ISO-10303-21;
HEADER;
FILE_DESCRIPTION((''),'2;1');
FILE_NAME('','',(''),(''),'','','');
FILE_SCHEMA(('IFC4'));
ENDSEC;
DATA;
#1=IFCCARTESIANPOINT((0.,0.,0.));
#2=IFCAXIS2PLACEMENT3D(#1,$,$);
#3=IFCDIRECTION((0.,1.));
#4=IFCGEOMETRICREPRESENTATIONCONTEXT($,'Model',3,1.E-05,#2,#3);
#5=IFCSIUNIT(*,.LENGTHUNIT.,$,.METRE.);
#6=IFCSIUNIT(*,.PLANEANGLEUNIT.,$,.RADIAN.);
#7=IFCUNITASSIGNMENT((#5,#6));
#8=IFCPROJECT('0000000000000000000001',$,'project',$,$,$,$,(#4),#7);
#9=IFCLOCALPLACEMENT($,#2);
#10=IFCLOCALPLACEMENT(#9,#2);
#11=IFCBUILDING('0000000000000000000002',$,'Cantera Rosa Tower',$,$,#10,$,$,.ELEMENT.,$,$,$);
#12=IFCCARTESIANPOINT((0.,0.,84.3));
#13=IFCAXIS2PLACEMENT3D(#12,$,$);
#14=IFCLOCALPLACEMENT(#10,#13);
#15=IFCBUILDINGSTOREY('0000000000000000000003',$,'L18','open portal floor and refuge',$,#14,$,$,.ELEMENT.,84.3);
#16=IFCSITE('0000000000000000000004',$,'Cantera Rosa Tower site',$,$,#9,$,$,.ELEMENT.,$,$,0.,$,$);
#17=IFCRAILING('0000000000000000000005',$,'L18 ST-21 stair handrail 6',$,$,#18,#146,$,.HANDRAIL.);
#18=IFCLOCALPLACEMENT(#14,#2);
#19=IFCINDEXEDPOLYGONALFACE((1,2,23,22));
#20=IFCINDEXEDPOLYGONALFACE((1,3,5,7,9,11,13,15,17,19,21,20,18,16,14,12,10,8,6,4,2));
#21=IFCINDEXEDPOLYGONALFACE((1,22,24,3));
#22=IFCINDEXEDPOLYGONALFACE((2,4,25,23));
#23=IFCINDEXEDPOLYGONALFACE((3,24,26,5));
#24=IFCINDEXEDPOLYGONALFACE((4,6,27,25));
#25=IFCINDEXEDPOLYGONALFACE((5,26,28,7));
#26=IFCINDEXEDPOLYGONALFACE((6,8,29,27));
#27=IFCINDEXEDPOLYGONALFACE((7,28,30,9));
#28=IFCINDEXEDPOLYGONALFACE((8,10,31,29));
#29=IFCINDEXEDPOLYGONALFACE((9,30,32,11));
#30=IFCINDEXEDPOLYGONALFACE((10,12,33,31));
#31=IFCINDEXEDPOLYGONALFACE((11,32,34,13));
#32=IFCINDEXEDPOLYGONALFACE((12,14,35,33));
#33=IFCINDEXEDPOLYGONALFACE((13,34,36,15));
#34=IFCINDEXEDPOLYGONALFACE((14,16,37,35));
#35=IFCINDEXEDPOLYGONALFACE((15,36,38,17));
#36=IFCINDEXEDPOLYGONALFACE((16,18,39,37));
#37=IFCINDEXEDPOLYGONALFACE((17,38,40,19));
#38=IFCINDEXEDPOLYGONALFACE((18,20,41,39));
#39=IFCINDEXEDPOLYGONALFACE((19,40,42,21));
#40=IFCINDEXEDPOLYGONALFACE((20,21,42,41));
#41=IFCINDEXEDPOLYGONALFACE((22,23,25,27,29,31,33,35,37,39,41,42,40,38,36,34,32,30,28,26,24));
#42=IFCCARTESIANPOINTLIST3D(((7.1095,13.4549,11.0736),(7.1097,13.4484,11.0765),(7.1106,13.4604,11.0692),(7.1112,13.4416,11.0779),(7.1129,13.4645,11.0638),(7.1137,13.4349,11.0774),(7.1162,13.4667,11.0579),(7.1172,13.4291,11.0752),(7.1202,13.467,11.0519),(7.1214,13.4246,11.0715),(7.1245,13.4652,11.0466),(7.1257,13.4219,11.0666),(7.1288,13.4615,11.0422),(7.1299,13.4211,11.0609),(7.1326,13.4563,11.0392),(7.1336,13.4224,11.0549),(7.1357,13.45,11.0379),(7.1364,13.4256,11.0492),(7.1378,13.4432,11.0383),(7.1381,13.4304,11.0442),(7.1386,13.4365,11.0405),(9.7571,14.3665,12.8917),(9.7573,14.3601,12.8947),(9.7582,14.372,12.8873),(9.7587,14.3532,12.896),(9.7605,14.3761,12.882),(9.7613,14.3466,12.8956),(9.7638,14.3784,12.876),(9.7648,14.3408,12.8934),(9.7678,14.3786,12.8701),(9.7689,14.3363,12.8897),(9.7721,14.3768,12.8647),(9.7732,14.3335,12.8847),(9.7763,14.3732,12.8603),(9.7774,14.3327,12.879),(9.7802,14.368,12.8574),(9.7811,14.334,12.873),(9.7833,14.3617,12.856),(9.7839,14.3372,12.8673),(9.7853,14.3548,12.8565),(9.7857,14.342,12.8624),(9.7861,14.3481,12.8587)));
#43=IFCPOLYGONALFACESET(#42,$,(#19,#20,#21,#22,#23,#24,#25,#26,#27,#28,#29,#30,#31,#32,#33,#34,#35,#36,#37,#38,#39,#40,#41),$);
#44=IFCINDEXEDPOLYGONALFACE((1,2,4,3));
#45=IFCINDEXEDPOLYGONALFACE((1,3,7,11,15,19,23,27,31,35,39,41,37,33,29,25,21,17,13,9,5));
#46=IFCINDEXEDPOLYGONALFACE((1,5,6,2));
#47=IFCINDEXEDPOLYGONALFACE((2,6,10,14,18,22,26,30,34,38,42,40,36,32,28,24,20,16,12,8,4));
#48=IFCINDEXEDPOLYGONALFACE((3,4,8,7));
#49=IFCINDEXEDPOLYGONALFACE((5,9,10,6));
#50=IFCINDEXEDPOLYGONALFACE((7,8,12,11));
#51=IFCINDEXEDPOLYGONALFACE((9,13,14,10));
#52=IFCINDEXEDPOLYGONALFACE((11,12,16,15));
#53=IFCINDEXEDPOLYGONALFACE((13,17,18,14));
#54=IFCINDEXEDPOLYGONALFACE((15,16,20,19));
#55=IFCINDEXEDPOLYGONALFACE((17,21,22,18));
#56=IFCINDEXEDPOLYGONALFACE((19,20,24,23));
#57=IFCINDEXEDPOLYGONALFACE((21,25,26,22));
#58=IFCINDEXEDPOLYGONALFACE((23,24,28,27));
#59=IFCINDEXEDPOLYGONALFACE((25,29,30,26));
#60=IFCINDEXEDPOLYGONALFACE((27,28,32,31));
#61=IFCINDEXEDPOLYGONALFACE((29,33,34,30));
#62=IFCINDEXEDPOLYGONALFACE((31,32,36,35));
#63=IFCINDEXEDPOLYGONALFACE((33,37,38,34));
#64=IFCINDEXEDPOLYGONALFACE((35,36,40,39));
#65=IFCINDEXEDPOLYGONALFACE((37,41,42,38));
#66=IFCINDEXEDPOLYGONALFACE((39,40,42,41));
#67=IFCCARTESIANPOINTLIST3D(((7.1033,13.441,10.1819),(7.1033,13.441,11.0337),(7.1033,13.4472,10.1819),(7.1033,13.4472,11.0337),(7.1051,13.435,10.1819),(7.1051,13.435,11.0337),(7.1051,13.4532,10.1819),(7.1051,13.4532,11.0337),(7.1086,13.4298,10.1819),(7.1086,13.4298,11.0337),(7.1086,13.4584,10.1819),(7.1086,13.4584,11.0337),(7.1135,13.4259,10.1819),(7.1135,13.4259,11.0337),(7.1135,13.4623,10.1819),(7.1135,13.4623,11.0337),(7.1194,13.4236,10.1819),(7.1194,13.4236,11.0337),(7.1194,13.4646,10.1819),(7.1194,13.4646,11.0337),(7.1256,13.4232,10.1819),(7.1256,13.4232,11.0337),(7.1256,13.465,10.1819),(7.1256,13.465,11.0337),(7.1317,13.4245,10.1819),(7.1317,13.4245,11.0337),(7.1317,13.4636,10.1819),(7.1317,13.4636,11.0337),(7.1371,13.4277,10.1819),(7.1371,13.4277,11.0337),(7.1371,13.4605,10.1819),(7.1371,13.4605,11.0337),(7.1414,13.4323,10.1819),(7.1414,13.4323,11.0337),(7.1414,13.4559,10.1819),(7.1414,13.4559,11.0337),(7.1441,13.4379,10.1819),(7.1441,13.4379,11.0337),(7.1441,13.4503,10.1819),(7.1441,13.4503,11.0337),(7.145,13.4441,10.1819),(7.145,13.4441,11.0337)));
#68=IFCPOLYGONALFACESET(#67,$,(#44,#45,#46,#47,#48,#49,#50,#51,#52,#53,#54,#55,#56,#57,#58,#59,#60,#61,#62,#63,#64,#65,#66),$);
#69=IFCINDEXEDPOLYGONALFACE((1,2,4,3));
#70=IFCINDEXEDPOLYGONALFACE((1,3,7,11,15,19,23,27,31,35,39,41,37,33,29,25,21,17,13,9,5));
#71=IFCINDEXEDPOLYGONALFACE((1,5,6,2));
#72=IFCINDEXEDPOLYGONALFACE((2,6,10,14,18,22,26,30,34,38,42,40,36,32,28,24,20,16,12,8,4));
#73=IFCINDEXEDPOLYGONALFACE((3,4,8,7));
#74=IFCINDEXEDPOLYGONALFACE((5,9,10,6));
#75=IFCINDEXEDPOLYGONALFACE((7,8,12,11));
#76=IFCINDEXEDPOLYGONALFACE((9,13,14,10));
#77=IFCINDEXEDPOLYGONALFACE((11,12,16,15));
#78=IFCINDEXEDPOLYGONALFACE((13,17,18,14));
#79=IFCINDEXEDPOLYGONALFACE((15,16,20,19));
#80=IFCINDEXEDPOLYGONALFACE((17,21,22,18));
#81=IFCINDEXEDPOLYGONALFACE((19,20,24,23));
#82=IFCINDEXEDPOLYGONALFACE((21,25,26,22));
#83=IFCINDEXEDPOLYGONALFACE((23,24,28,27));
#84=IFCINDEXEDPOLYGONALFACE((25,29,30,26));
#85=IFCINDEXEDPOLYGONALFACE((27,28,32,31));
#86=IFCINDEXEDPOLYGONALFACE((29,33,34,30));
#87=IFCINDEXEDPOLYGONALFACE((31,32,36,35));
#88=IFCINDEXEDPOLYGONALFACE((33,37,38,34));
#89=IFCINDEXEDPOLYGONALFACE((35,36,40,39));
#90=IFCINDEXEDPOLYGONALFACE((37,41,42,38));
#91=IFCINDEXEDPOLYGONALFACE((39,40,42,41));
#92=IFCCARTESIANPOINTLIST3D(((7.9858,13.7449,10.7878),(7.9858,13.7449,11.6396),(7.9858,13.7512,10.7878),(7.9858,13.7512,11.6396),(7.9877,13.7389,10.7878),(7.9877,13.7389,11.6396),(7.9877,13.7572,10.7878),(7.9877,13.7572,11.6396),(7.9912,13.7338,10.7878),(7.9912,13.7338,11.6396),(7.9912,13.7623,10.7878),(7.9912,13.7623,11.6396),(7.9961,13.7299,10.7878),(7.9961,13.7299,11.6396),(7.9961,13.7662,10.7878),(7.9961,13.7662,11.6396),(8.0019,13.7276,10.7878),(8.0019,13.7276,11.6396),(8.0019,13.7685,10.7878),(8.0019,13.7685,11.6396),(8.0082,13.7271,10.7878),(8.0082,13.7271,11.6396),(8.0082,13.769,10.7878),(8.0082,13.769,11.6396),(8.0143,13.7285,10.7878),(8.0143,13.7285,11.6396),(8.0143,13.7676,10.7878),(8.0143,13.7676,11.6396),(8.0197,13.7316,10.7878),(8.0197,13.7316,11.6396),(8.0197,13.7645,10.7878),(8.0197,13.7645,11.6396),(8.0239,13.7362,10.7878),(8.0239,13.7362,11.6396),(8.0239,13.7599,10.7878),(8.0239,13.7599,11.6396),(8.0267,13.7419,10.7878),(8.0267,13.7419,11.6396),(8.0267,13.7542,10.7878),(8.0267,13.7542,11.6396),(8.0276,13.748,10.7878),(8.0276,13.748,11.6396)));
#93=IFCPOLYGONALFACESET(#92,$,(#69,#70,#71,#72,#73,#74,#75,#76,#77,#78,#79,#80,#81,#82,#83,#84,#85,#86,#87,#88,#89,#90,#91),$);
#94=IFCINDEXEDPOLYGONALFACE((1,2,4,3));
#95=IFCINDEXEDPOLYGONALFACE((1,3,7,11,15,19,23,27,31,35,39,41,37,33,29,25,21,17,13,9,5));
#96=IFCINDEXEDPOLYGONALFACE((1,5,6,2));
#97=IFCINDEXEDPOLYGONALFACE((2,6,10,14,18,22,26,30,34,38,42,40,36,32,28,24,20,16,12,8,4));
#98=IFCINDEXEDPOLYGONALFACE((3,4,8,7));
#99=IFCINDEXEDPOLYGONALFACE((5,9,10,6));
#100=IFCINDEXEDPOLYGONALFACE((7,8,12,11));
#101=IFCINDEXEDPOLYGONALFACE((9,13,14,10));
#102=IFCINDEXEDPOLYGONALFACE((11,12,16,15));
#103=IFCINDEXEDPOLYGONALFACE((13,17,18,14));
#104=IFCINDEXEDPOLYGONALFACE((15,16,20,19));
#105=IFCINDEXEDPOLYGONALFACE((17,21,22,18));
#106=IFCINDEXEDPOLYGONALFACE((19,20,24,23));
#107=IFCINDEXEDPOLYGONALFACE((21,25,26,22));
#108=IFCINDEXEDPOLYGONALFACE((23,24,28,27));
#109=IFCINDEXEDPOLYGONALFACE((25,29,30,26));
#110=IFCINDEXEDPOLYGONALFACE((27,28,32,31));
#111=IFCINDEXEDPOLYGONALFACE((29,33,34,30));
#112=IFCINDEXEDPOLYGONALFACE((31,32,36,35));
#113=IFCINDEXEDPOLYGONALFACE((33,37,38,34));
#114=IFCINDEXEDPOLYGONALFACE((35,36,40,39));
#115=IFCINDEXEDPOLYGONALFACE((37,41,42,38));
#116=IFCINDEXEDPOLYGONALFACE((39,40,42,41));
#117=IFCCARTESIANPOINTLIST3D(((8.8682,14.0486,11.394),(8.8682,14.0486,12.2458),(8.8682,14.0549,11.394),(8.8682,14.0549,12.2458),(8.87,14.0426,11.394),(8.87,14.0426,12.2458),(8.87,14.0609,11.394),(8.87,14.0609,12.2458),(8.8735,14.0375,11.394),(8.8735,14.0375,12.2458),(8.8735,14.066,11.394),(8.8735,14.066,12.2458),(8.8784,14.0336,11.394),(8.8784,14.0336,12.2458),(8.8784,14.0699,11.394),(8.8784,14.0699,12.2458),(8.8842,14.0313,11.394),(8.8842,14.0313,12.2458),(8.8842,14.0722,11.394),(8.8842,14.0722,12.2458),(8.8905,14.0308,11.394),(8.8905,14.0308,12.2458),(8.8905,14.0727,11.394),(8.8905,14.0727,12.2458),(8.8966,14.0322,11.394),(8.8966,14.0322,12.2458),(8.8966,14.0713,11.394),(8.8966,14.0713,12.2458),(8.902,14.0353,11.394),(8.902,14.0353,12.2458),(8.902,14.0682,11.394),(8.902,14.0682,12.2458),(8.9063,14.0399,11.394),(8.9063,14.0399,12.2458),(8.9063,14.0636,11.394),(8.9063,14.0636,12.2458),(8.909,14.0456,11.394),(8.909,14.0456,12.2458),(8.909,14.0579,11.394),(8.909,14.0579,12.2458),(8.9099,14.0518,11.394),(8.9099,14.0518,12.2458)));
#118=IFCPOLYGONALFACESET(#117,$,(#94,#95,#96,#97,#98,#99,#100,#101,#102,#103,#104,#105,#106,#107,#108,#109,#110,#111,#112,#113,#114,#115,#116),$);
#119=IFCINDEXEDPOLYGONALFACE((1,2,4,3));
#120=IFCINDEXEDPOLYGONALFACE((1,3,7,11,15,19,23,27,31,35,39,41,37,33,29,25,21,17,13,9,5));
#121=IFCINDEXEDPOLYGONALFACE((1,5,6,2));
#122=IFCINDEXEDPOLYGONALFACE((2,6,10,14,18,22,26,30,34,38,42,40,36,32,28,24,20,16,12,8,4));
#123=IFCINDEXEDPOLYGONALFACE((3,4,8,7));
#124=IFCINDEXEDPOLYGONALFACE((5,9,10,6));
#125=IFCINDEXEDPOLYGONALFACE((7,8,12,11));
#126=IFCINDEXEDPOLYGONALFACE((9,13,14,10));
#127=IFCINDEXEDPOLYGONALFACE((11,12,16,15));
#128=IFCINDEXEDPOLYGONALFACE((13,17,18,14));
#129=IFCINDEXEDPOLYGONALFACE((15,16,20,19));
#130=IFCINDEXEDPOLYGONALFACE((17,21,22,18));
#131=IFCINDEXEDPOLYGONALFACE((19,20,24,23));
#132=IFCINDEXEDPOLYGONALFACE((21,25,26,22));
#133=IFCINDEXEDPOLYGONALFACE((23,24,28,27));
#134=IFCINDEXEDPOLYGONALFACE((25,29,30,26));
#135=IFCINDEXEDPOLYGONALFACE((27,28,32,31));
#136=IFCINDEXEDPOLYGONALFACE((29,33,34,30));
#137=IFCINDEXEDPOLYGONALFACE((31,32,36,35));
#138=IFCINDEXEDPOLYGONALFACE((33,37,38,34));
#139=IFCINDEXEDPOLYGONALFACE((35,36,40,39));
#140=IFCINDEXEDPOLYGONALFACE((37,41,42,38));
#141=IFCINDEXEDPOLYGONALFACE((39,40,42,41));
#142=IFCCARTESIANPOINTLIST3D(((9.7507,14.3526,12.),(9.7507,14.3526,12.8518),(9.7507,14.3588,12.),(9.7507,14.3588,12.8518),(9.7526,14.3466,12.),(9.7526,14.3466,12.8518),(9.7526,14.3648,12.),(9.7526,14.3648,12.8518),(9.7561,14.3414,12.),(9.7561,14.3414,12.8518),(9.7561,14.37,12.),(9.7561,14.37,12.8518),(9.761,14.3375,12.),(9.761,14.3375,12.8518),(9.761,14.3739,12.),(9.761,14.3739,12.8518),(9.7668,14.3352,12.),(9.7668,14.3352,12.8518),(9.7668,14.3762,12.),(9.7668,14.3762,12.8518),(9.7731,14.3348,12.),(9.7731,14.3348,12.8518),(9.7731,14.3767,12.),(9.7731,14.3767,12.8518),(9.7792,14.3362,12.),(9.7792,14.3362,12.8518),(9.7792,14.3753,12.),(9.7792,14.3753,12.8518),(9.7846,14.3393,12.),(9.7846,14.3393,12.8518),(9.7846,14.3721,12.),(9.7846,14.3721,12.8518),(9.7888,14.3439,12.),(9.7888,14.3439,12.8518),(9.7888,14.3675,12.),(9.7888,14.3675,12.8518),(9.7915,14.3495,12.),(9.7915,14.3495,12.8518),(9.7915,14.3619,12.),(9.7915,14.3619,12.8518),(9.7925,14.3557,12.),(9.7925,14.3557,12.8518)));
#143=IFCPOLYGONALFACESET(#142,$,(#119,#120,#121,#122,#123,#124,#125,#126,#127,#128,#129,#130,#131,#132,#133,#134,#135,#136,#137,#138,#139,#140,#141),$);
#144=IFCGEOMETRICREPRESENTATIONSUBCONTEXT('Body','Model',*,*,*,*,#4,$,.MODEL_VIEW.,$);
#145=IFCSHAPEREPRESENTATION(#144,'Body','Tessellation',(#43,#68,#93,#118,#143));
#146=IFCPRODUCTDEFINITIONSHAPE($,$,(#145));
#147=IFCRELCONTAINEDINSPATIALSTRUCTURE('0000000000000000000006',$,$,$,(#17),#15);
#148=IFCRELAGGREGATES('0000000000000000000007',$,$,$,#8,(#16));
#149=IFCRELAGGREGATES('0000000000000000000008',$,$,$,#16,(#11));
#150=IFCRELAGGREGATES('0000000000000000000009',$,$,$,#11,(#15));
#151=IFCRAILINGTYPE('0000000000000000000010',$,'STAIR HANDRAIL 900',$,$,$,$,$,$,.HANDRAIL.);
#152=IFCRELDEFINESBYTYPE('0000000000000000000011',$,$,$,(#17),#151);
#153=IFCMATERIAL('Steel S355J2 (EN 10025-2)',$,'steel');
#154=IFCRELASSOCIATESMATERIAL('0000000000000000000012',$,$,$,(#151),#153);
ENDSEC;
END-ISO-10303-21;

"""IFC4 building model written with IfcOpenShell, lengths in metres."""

from ifc_helpers import new_model, si_unit, direction, frame, origin, origin_2d, place, context, subcontext, project, spatial, circle, extrude, material, type_object, element, save


model = new_model("IFC4")

# Units and contexts
model_context = context("Model", 3, precision=1e-05, world=origin(), true_north=direction((0.0, 1.0)))
body_context = subcontext(model_context, "Body", "Model", "MODEL_VIEW")
ifc_project = project(units=[si_unit("LENGTHUNIT", "METRE"), si_unit("PLANEANGLEUNIT", "RADIAN")], contexts=[model_context])

# Site, building, storey
site_placement = place(None, origin())
site = spatial("IfcSite", under=ifc_project, at=site_placement, Name="Cantera Rosa Tower site", CompositionType="ELEMENT", RefElevation=0.0)
building_placement = place(site_placement, origin())
building = spatial("IfcBuilding", under=site, at=building_placement, Name="Cantera Rosa Tower", CompositionType="ELEMENT")
storey_placement = place(building_placement, frame((0.0, 0.0, 84.3)))
storey = spatial("IfcBuildingStorey", under=building, at=storey_placement, Name="L18", Description="open portal floor and refuge", CompositionType="ELEMENT", Elevation=84.3)

# Railing
ifc_material_1 = material(Name="Steel S355J2 (EN 10025-2)", Category="steel")
railing_type = type_object("IfcRailingType", Name="STAIR HANDRAIL 900", PredefinedType="HANDRAIL", material=ifc_material_1)
for number, where, name in (
    (1, (7.124, 13.4441, 10.1819), "L18 ST-21 stair handrail 6"),
):
    element("IfcRailing", number, at=place(storey_placement, frame(where)), inside=storey, type_object=railing_type, Name=name, PredefinedType="HANDRAIL", context=body_context, shape_type="SweptSolid", body=[
        extrude(circle(Radius=0.0239, at=origin_2d()), frame((0.0, 0.0, 0.876), z_axis=(0.793007, 0.273062, 0.544589), x_axis=(-0.325577, 0.945516, 0.0)), (0.0, 0.0, 1.0), 3.3386),
        extrude(circle(Radius=0.021, at=origin_2d()), origin(), (0.0, 0.0, 1.0), 0.8518),
        extrude(circle(Radius=0.021, at=origin_2d()), frame((0.8826, 0.304, 0.606)), (0.0, 0.0, 1.0), 0.8518),
        extrude(circle(Radius=0.021, at=origin_2d()), frame((1.7649, 0.6077, 1.2122)), (0.0, 0.0, 1.0), 0.8518),
        extrude(circle(Radius=0.021, at=origin_2d()), frame((2.6475, 0.9116, 1.8181)), (0.0, 0.0, 1.0), 0.8518),
    ])

save(model, "model.ifc")
